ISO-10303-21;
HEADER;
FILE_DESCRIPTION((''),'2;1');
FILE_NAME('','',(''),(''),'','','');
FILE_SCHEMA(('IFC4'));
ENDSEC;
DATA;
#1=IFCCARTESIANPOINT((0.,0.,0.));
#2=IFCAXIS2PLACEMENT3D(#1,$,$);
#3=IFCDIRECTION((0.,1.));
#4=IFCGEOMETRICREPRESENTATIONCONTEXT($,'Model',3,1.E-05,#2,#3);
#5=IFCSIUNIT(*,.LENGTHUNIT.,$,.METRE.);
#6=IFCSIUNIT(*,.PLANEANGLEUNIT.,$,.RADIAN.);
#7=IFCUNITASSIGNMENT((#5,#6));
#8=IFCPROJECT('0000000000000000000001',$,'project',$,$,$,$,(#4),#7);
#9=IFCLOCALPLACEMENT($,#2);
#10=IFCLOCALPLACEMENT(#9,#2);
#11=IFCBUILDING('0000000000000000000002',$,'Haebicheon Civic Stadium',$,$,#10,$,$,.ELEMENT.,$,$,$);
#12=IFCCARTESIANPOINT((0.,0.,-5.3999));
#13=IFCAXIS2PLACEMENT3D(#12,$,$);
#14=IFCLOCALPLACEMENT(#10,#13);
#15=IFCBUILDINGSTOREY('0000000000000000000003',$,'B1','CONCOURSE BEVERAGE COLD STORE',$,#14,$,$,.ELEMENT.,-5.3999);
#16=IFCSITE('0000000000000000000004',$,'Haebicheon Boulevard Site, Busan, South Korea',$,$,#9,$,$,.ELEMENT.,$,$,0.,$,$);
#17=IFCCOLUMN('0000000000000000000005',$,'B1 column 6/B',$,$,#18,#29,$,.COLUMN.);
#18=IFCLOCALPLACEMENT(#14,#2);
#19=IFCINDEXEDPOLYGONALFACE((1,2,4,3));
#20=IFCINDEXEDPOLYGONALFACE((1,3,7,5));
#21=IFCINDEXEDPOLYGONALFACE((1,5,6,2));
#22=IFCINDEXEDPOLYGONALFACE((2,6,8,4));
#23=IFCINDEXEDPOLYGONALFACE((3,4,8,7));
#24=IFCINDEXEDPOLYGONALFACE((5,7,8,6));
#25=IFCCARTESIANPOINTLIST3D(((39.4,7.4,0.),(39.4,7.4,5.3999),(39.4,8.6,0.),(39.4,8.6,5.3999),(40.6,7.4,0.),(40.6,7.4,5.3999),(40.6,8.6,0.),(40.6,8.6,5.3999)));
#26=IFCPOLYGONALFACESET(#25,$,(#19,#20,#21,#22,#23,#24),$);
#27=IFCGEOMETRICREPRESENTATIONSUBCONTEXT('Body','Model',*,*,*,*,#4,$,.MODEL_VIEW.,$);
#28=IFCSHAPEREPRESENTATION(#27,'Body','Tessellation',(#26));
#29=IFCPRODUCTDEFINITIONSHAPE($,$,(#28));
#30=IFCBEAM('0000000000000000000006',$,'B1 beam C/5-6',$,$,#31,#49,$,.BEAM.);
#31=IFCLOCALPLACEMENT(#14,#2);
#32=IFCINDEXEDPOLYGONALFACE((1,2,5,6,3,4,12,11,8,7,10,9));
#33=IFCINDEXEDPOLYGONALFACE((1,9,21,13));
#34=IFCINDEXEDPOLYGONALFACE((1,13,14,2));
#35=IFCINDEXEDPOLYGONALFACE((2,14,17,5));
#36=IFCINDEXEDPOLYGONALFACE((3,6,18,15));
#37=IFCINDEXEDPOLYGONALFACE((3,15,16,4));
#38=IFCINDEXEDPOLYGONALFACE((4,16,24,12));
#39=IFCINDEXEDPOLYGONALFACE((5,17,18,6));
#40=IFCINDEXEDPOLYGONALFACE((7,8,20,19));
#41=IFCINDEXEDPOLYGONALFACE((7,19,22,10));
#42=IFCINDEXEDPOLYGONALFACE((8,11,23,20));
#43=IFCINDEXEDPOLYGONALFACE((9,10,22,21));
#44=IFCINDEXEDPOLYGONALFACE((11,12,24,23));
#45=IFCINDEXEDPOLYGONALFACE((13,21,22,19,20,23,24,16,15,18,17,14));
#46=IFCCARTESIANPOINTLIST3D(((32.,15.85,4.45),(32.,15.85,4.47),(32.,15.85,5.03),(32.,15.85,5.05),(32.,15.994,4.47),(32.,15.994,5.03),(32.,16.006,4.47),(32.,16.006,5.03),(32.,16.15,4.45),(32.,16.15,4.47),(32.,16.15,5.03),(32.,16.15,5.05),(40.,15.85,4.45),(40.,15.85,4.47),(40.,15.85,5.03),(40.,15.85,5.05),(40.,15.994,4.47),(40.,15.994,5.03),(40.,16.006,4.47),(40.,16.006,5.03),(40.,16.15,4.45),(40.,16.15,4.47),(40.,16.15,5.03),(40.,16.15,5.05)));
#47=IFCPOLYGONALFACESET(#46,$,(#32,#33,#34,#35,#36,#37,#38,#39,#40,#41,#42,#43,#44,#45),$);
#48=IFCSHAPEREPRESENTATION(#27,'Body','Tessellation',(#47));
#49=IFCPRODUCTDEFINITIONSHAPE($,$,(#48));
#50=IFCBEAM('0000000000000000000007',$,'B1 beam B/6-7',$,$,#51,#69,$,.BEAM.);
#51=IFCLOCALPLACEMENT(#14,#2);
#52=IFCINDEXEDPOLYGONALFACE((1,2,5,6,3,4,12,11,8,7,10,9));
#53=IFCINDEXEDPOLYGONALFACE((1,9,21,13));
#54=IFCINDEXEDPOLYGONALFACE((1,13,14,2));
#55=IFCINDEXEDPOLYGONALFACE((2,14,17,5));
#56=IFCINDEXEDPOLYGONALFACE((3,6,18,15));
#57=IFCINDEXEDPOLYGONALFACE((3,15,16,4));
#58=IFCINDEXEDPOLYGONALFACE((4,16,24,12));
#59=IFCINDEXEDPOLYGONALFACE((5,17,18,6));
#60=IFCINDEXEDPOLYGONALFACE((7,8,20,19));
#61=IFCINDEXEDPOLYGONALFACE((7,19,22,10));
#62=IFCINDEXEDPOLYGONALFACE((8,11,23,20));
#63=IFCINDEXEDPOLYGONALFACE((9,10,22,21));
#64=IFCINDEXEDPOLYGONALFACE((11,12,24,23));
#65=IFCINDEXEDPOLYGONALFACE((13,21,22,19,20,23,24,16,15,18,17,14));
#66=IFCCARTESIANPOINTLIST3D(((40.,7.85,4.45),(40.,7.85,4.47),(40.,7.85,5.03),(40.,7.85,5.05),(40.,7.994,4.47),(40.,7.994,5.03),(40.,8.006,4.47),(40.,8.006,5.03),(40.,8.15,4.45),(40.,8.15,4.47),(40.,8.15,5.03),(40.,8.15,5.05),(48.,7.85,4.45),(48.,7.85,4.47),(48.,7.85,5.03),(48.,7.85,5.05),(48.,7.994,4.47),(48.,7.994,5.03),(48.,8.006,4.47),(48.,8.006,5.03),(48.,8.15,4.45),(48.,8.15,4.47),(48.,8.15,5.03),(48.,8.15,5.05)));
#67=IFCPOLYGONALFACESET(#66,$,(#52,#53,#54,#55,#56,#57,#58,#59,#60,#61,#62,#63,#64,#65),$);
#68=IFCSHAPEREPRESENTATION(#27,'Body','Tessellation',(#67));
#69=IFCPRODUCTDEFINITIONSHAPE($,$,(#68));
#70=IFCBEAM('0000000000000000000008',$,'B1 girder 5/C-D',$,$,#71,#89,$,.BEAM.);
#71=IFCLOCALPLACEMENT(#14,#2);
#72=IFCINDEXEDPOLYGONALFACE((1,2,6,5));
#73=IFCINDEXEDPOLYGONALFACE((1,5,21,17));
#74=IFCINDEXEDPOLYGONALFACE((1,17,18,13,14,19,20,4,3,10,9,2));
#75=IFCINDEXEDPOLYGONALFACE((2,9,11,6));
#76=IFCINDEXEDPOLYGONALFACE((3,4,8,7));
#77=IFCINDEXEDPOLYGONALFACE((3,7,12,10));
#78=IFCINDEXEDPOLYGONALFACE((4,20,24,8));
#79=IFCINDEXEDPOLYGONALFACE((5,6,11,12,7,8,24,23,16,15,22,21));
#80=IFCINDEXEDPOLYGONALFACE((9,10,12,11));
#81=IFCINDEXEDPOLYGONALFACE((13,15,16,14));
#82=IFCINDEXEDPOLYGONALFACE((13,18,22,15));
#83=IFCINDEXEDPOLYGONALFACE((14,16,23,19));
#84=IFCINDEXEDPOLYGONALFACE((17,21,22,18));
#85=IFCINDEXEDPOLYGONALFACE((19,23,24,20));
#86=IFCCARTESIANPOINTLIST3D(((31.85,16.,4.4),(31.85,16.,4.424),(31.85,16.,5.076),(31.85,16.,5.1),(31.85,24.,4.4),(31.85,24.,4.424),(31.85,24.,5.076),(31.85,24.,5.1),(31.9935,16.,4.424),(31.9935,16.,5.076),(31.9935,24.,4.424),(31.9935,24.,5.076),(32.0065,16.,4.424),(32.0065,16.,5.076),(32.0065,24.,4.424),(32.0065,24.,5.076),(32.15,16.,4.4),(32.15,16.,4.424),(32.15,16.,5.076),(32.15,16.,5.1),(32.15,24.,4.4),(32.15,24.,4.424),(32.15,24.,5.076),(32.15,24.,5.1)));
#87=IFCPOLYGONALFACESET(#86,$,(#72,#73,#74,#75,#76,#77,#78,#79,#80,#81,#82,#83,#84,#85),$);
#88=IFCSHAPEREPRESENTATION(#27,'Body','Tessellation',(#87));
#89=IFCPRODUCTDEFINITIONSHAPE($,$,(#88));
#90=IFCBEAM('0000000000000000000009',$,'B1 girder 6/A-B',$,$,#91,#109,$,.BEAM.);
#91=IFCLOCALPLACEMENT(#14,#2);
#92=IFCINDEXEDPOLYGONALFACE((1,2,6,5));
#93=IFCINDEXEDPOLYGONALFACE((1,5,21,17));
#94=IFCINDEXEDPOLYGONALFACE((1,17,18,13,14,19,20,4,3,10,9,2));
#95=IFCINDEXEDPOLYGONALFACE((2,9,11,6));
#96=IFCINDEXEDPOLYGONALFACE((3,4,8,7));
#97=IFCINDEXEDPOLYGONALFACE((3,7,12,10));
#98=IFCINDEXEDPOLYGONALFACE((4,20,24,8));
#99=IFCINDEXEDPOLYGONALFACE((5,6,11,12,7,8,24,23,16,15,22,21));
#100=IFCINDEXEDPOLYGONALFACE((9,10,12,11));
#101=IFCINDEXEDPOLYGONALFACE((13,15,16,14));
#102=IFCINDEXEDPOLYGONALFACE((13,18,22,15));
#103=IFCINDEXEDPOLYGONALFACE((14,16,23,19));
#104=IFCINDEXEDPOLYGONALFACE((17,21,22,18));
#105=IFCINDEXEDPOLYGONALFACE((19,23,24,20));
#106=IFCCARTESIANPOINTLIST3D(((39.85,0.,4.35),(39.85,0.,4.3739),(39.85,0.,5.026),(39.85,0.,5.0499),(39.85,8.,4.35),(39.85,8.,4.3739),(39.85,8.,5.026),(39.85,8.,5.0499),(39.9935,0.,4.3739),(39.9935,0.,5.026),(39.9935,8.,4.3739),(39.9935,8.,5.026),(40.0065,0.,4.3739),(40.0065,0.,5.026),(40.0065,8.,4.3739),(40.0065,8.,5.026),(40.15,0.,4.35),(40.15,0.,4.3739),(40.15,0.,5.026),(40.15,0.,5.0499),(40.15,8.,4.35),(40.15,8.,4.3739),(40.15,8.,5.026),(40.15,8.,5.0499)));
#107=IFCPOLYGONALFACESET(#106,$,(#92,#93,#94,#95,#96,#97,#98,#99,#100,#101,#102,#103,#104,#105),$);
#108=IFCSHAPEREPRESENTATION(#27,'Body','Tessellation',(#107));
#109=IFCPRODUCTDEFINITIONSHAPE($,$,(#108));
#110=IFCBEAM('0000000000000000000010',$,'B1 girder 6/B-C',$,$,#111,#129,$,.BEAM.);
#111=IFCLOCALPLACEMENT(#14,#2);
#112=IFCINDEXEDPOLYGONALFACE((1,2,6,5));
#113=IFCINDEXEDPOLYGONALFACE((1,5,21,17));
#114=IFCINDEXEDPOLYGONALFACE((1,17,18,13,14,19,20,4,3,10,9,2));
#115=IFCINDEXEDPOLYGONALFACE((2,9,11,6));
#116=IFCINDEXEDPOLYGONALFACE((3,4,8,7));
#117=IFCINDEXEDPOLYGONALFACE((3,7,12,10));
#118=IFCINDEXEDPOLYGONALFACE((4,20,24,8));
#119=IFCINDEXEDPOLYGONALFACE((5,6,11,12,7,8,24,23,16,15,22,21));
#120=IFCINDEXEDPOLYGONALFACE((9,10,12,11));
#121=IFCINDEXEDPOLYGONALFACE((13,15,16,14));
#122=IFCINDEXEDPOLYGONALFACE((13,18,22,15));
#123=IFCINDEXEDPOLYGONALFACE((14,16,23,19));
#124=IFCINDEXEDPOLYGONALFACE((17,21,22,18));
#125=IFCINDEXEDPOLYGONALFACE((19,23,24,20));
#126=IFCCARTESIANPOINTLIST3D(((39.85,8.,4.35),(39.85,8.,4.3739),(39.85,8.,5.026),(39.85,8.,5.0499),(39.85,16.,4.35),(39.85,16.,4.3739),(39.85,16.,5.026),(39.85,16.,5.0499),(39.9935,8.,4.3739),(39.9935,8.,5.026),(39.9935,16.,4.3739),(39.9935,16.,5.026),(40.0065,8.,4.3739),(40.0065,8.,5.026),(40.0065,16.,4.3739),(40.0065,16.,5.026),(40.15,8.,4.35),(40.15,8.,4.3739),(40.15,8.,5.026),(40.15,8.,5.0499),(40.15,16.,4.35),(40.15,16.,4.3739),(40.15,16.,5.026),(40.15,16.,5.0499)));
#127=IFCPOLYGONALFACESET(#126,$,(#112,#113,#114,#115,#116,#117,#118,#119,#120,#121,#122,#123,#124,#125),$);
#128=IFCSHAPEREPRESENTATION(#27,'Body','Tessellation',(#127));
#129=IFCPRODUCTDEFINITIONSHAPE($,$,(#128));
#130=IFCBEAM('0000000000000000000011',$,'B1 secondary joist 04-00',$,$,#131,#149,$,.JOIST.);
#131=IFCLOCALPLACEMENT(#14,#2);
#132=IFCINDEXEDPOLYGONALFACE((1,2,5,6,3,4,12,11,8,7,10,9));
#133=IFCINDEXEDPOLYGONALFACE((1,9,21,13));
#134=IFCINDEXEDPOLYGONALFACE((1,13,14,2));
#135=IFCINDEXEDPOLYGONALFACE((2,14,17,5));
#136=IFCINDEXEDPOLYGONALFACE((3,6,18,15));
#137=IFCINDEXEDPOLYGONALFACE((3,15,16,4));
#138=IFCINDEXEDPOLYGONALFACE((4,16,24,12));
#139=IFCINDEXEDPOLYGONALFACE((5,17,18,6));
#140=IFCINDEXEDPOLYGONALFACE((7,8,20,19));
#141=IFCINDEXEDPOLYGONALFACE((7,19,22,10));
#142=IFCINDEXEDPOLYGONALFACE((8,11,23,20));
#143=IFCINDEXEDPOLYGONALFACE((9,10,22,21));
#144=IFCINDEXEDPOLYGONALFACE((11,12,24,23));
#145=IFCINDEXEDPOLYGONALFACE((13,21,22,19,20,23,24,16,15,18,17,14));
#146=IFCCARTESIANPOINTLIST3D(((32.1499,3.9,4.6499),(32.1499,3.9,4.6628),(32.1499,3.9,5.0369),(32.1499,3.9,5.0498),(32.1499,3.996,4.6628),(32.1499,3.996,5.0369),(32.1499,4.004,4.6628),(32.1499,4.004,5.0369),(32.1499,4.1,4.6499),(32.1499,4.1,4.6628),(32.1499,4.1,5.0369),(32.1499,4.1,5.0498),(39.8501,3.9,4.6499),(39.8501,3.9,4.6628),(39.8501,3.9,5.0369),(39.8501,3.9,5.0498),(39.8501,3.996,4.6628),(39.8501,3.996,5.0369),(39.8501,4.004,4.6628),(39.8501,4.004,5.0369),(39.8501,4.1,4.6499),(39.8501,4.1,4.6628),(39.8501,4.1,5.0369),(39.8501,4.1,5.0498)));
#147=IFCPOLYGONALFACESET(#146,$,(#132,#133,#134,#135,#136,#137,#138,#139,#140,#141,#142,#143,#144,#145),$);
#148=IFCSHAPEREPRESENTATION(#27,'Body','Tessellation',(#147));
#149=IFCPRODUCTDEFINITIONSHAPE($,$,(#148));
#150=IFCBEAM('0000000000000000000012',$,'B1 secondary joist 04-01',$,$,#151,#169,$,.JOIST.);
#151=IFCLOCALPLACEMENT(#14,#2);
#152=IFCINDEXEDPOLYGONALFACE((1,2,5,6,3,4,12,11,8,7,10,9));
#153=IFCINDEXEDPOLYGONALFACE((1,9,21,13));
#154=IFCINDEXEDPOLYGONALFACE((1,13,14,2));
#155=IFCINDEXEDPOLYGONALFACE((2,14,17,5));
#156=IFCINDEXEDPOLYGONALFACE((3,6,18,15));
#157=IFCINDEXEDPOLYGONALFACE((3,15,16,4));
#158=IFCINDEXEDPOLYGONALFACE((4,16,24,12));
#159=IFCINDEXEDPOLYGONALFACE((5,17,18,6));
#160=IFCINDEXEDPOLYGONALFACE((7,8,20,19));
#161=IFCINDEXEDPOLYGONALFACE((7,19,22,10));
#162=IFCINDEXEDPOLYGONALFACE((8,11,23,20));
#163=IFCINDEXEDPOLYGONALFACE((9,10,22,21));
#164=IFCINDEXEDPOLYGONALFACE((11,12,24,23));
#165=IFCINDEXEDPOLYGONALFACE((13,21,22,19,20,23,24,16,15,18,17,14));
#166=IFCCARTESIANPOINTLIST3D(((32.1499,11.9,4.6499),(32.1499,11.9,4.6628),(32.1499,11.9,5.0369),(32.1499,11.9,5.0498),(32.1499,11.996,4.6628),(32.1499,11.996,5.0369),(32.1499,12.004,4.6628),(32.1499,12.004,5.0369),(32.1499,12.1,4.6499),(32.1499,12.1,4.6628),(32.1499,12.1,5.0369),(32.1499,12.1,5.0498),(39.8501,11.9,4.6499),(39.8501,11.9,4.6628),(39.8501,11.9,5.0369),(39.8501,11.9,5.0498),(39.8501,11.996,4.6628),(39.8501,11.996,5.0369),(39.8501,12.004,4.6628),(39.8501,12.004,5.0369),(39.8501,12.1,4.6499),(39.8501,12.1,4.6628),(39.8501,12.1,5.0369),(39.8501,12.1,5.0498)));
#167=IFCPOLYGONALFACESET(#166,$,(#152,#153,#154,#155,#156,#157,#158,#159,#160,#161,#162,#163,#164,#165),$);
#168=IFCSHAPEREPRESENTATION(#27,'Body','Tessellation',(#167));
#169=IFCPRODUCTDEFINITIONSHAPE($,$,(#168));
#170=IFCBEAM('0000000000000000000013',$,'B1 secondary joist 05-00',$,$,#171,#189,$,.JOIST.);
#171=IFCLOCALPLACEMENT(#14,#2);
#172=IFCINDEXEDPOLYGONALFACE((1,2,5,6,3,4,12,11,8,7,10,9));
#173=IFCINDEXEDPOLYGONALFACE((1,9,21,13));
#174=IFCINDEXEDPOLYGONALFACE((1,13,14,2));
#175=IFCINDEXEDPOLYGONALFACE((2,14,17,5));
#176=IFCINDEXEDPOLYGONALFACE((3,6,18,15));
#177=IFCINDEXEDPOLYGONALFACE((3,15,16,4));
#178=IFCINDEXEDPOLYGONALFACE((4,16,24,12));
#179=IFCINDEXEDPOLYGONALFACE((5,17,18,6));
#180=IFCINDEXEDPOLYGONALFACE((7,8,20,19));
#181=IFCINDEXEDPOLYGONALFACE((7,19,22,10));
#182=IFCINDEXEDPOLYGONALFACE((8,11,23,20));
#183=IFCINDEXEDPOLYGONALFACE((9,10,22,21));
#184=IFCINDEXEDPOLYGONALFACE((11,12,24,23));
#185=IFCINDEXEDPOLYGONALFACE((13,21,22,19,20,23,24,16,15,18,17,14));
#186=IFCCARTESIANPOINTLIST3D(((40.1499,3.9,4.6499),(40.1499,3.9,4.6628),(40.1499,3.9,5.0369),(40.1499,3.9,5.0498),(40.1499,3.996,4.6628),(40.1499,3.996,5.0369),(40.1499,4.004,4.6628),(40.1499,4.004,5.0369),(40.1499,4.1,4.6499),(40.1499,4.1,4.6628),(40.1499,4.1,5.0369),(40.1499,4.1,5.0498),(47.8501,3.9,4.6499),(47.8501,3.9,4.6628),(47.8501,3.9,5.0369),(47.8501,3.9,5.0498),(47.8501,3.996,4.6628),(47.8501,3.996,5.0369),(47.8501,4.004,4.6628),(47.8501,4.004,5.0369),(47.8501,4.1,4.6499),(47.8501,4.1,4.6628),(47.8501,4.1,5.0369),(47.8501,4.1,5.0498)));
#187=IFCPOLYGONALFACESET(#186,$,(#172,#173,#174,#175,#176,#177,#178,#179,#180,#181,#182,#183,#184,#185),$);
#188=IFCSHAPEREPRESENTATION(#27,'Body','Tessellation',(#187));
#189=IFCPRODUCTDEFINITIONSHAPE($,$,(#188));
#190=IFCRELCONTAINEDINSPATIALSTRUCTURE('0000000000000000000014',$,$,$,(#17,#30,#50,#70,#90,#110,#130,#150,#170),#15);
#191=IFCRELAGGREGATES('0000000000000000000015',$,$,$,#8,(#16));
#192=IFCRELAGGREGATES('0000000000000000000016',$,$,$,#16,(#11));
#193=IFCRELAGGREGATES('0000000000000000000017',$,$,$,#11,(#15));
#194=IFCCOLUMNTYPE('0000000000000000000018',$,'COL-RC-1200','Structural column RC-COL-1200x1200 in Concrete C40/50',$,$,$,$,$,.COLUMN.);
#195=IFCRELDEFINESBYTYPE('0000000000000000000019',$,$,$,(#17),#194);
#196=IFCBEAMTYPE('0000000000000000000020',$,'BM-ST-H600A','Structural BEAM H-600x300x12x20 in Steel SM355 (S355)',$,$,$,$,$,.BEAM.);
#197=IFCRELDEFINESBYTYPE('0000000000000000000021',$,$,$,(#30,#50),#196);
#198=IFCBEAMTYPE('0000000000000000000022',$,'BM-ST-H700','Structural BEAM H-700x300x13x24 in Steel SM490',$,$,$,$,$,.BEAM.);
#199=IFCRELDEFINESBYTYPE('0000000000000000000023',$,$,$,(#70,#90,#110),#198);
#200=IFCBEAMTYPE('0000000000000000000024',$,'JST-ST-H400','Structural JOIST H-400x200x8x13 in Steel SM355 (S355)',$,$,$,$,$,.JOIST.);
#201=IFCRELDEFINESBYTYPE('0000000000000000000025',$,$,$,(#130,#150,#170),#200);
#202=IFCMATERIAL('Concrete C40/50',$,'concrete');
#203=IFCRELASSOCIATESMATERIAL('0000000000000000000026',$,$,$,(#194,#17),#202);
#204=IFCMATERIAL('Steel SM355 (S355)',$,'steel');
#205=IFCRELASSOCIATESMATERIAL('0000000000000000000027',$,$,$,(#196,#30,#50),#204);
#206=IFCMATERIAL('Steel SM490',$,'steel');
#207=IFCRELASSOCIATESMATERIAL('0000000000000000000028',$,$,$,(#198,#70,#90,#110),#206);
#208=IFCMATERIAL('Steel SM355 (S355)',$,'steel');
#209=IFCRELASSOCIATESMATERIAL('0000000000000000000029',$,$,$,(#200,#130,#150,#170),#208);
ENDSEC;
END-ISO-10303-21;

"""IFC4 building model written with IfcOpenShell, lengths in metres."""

from ifc_helpers import new_model, si_unit, direction, frame, origin, origin_2d, place, context, subcontext, project, spatial, rectangle, i_section, extrude, material, material_profile, profile_set, type_object, element, save


model = new_model("IFC4")

# Units and contexts
model_context = context("Model", 3, precision=1e-05, world=origin(), true_north=direction((0.0, 1.0)))
body_context = subcontext(model_context, "Body", "Model", "MODEL_VIEW")
ifc_project = project(units=[si_unit("LENGTHUNIT", "METRE"), si_unit("PLANEANGLEUNIT", "RADIAN")], contexts=[model_context])

# Site, building, storey
site_placement = place(None, origin())
site = spatial("IfcSite", under=ifc_project, at=site_placement, Name="Haebicheon Boulevard Site, Busan, South Korea", CompositionType="ELEMENT", RefElevation=0.0)
building_placement = place(site_placement, origin())
building = spatial("IfcBuilding", under=site, at=building_placement, Name="Haebicheon Civic Stadium", CompositionType="ELEMENT")
storey_placement = place(building_placement, frame((0.0, 0.0, -5.3999)))
storey = spatial("IfcBuildingStorey", under=building, at=storey_placement, Name="B1", Description="CONCOURSE BEVERAGE COLD STORE", CompositionType="ELEMENT", Elevation=-5.3999)

# Column
ifc_material_1 = material(Name="Concrete C40/50", Category="concrete")
ifc_material_profile_1 = material_profile(ifc_material_1, rectangle(XDim=1.2, YDim=1.2, at=origin_2d()), Name="RC-COL-1200x1200")
ifc_profile_set_1 = profile_set([ifc_material_profile_1], Name="Concrete C40/50")
column_type = type_object("IfcColumnType", Name="COL-RC-1200", Description="Structural column RC-COL-1200x1200 in Concrete C40/50", PredefinedType="COLUMN", material=ifc_profile_set_1)
for number, where, z_axis, x_axis, name in (
    (1, (40.0, 8.0, 0.0), (0.0, 0.0, 1.0), (1.0, 0.0, 0.0), "B1 column 6/B"),
):
    element("IfcColumn", number, at=place(storey_placement, frame(where, z_axis=z_axis, x_axis=x_axis)), inside=storey, type_object=column_type, material=ifc_profile_set_1, Name=name, PredefinedType="COLUMN", context=body_context, shape_type="SweptSolid", body=[
        extrude(rectangle(XDim=1.2, YDim=1.2, at=origin_2d()), origin(), (0.0, 0.0, 1.0), 5.3999),
    ])

# Beams
ifc_material_2 = material(Name="Steel SM355 (S355)", Category="steel")
ifc_material_profile_2 = material_profile(ifc_material_2, i_section(OverallWidth=0.3, OverallDepth=0.6001, WebThickness=0.012, FlangeThickness=0.02, at=origin_2d()), Name="H-600x300x12x20")
ifc_profile_set_2 = profile_set([ifc_material_profile_2], Name="Steel SM355 (S355)")
beam_type_1 = type_object("IfcBeamType", Name="BM-ST-H600A", Description="Structural BEAM H-600x300x12x20 in Steel SM355 (S355)", PredefinedType="BEAM", material=ifc_profile_set_2)
for number, where, z_axis, x_axis, name in (
    (2, (32.0, 16.0, 4.75), (1.0, 0.0, 0.0), (0.0, 1.0, 0.0), "B1 beam C/5-6"),
    (3, (40.0, 8.0, 4.75), (1.0, 0.0, 0.0), (0.0, 1.0, 0.0), "B1 beam B/6-7"),
):
    element("IfcBeam", number, at=place(storey_placement, frame(where, z_axis=z_axis, x_axis=x_axis)), inside=storey, type_object=beam_type_1, material=ifc_profile_set_2, Name=name, PredefinedType="BEAM", context=body_context, shape_type="SweptSolid", body=[
        extrude(i_section(OverallWidth=0.3, OverallDepth=0.6001, WebThickness=0.012, FlangeThickness=0.02, at=origin_2d()), origin(), (0.0, 0.0, 1.0), 8.0),
    ])
ifc_material_3 = material(Name="Steel SM490", Category="steel")
ifc_material_profile_3 = material_profile(ifc_material_3, i_section(OverallWidth=0.3, OverallDepth=0.7, WebThickness=0.0129, FlangeThickness=0.0239, at=origin_2d()), Name="H-700x300x13x24")
ifc_profile_set_3 = profile_set([ifc_material_profile_3], Name="Steel SM490")
beam_type_2 = type_object("IfcBeamType", Name="BM-ST-H700", Description="Structural BEAM H-700x300x13x24 in Steel SM490", PredefinedType="BEAM", material=ifc_profile_set_3)
for number, where, z_axis, x_axis, name in (
    (4, (32.0, 16.0, 4.75), (0.0, 1.0, 0.0), (-1.0, 0.0, 0.0), "B1 girder 5/C-D"),
    (5, (40.0, 0.0, 4.7), (0.0, 1.0, 0.0), (-1.0, 0.0, 0.0), "B1 girder 6/A-B"),
    (6, (40.0, 8.0, 4.7), (0.0, 1.0, 0.0), (-1.0, 0.0, 0.0), "B1 girder 6/B-C"),
):
    element("IfcBeam", number, at=place(storey_placement, frame(where, z_axis=z_axis, x_axis=x_axis)), inside=storey, type_object=beam_type_2, material=ifc_profile_set_3, Name=name, PredefinedType="BEAM", context=body_context, shape_type="SweptSolid", body=[
        extrude(i_section(OverallWidth=0.3, OverallDepth=0.7, WebThickness=0.0129, FlangeThickness=0.0239, at=origin_2d()), origin(), (0.0, 0.0, 1.0), 8.0),
    ])
ifc_material_4 = material(Name="Steel SM355 (S355)", Category="steel")
ifc_material_profile_4 = material_profile(ifc_material_4, i_section(OverallWidth=0.2, OverallDepth=0.3999, WebThickness=0.0081, FlangeThickness=0.0129, at=origin_2d()), Name="H-400x200x8x13")
ifc_profile_set_4 = profile_set([ifc_material_profile_4], Name="Steel SM355 (S355)")
beam_type_3 = type_object("IfcBeamType", Name="JST-ST-H400", Description="Structural JOIST H-400x200x8x13 in Steel SM355 (S355)", PredefinedType="JOIST", material=ifc_profile_set_4)
for number, where, z_axis, x_axis, name in (
    (7, (32.1499, 4.0, 4.8499), (1.0, 0.0, 0.0), (0.0, 1.0, 0.0), "B1 secondary joist 04-00"),
    (8, (32.1499, 12.0, 4.8499), (1.0, 0.0, 0.0), (0.0, 1.0, 0.0), "B1 secondary joist 04-01"),
    (9, (40.1499, 4.0, 4.8499), (1.0, 0.0, 0.0), (0.0, 1.0, 0.0), "B1 secondary joist 05-00"),
):
    element("IfcBeam", number, at=place(storey_placement, frame(where, z_axis=z_axis, x_axis=x_axis)), inside=storey, type_object=beam_type_3, material=ifc_profile_set_4, Name=name, PredefinedType="JOIST", context=body_context, shape_type="SweptSolid", body=[
        extrude(i_section(OverallWidth=0.2, OverallDepth=0.3999, WebThickness=0.0081, FlangeThickness=0.0129, at=origin_2d()), origin(), (0.0, 0.0, 1.0), 7.7002),
    ])

save(model, "model.ifc")
